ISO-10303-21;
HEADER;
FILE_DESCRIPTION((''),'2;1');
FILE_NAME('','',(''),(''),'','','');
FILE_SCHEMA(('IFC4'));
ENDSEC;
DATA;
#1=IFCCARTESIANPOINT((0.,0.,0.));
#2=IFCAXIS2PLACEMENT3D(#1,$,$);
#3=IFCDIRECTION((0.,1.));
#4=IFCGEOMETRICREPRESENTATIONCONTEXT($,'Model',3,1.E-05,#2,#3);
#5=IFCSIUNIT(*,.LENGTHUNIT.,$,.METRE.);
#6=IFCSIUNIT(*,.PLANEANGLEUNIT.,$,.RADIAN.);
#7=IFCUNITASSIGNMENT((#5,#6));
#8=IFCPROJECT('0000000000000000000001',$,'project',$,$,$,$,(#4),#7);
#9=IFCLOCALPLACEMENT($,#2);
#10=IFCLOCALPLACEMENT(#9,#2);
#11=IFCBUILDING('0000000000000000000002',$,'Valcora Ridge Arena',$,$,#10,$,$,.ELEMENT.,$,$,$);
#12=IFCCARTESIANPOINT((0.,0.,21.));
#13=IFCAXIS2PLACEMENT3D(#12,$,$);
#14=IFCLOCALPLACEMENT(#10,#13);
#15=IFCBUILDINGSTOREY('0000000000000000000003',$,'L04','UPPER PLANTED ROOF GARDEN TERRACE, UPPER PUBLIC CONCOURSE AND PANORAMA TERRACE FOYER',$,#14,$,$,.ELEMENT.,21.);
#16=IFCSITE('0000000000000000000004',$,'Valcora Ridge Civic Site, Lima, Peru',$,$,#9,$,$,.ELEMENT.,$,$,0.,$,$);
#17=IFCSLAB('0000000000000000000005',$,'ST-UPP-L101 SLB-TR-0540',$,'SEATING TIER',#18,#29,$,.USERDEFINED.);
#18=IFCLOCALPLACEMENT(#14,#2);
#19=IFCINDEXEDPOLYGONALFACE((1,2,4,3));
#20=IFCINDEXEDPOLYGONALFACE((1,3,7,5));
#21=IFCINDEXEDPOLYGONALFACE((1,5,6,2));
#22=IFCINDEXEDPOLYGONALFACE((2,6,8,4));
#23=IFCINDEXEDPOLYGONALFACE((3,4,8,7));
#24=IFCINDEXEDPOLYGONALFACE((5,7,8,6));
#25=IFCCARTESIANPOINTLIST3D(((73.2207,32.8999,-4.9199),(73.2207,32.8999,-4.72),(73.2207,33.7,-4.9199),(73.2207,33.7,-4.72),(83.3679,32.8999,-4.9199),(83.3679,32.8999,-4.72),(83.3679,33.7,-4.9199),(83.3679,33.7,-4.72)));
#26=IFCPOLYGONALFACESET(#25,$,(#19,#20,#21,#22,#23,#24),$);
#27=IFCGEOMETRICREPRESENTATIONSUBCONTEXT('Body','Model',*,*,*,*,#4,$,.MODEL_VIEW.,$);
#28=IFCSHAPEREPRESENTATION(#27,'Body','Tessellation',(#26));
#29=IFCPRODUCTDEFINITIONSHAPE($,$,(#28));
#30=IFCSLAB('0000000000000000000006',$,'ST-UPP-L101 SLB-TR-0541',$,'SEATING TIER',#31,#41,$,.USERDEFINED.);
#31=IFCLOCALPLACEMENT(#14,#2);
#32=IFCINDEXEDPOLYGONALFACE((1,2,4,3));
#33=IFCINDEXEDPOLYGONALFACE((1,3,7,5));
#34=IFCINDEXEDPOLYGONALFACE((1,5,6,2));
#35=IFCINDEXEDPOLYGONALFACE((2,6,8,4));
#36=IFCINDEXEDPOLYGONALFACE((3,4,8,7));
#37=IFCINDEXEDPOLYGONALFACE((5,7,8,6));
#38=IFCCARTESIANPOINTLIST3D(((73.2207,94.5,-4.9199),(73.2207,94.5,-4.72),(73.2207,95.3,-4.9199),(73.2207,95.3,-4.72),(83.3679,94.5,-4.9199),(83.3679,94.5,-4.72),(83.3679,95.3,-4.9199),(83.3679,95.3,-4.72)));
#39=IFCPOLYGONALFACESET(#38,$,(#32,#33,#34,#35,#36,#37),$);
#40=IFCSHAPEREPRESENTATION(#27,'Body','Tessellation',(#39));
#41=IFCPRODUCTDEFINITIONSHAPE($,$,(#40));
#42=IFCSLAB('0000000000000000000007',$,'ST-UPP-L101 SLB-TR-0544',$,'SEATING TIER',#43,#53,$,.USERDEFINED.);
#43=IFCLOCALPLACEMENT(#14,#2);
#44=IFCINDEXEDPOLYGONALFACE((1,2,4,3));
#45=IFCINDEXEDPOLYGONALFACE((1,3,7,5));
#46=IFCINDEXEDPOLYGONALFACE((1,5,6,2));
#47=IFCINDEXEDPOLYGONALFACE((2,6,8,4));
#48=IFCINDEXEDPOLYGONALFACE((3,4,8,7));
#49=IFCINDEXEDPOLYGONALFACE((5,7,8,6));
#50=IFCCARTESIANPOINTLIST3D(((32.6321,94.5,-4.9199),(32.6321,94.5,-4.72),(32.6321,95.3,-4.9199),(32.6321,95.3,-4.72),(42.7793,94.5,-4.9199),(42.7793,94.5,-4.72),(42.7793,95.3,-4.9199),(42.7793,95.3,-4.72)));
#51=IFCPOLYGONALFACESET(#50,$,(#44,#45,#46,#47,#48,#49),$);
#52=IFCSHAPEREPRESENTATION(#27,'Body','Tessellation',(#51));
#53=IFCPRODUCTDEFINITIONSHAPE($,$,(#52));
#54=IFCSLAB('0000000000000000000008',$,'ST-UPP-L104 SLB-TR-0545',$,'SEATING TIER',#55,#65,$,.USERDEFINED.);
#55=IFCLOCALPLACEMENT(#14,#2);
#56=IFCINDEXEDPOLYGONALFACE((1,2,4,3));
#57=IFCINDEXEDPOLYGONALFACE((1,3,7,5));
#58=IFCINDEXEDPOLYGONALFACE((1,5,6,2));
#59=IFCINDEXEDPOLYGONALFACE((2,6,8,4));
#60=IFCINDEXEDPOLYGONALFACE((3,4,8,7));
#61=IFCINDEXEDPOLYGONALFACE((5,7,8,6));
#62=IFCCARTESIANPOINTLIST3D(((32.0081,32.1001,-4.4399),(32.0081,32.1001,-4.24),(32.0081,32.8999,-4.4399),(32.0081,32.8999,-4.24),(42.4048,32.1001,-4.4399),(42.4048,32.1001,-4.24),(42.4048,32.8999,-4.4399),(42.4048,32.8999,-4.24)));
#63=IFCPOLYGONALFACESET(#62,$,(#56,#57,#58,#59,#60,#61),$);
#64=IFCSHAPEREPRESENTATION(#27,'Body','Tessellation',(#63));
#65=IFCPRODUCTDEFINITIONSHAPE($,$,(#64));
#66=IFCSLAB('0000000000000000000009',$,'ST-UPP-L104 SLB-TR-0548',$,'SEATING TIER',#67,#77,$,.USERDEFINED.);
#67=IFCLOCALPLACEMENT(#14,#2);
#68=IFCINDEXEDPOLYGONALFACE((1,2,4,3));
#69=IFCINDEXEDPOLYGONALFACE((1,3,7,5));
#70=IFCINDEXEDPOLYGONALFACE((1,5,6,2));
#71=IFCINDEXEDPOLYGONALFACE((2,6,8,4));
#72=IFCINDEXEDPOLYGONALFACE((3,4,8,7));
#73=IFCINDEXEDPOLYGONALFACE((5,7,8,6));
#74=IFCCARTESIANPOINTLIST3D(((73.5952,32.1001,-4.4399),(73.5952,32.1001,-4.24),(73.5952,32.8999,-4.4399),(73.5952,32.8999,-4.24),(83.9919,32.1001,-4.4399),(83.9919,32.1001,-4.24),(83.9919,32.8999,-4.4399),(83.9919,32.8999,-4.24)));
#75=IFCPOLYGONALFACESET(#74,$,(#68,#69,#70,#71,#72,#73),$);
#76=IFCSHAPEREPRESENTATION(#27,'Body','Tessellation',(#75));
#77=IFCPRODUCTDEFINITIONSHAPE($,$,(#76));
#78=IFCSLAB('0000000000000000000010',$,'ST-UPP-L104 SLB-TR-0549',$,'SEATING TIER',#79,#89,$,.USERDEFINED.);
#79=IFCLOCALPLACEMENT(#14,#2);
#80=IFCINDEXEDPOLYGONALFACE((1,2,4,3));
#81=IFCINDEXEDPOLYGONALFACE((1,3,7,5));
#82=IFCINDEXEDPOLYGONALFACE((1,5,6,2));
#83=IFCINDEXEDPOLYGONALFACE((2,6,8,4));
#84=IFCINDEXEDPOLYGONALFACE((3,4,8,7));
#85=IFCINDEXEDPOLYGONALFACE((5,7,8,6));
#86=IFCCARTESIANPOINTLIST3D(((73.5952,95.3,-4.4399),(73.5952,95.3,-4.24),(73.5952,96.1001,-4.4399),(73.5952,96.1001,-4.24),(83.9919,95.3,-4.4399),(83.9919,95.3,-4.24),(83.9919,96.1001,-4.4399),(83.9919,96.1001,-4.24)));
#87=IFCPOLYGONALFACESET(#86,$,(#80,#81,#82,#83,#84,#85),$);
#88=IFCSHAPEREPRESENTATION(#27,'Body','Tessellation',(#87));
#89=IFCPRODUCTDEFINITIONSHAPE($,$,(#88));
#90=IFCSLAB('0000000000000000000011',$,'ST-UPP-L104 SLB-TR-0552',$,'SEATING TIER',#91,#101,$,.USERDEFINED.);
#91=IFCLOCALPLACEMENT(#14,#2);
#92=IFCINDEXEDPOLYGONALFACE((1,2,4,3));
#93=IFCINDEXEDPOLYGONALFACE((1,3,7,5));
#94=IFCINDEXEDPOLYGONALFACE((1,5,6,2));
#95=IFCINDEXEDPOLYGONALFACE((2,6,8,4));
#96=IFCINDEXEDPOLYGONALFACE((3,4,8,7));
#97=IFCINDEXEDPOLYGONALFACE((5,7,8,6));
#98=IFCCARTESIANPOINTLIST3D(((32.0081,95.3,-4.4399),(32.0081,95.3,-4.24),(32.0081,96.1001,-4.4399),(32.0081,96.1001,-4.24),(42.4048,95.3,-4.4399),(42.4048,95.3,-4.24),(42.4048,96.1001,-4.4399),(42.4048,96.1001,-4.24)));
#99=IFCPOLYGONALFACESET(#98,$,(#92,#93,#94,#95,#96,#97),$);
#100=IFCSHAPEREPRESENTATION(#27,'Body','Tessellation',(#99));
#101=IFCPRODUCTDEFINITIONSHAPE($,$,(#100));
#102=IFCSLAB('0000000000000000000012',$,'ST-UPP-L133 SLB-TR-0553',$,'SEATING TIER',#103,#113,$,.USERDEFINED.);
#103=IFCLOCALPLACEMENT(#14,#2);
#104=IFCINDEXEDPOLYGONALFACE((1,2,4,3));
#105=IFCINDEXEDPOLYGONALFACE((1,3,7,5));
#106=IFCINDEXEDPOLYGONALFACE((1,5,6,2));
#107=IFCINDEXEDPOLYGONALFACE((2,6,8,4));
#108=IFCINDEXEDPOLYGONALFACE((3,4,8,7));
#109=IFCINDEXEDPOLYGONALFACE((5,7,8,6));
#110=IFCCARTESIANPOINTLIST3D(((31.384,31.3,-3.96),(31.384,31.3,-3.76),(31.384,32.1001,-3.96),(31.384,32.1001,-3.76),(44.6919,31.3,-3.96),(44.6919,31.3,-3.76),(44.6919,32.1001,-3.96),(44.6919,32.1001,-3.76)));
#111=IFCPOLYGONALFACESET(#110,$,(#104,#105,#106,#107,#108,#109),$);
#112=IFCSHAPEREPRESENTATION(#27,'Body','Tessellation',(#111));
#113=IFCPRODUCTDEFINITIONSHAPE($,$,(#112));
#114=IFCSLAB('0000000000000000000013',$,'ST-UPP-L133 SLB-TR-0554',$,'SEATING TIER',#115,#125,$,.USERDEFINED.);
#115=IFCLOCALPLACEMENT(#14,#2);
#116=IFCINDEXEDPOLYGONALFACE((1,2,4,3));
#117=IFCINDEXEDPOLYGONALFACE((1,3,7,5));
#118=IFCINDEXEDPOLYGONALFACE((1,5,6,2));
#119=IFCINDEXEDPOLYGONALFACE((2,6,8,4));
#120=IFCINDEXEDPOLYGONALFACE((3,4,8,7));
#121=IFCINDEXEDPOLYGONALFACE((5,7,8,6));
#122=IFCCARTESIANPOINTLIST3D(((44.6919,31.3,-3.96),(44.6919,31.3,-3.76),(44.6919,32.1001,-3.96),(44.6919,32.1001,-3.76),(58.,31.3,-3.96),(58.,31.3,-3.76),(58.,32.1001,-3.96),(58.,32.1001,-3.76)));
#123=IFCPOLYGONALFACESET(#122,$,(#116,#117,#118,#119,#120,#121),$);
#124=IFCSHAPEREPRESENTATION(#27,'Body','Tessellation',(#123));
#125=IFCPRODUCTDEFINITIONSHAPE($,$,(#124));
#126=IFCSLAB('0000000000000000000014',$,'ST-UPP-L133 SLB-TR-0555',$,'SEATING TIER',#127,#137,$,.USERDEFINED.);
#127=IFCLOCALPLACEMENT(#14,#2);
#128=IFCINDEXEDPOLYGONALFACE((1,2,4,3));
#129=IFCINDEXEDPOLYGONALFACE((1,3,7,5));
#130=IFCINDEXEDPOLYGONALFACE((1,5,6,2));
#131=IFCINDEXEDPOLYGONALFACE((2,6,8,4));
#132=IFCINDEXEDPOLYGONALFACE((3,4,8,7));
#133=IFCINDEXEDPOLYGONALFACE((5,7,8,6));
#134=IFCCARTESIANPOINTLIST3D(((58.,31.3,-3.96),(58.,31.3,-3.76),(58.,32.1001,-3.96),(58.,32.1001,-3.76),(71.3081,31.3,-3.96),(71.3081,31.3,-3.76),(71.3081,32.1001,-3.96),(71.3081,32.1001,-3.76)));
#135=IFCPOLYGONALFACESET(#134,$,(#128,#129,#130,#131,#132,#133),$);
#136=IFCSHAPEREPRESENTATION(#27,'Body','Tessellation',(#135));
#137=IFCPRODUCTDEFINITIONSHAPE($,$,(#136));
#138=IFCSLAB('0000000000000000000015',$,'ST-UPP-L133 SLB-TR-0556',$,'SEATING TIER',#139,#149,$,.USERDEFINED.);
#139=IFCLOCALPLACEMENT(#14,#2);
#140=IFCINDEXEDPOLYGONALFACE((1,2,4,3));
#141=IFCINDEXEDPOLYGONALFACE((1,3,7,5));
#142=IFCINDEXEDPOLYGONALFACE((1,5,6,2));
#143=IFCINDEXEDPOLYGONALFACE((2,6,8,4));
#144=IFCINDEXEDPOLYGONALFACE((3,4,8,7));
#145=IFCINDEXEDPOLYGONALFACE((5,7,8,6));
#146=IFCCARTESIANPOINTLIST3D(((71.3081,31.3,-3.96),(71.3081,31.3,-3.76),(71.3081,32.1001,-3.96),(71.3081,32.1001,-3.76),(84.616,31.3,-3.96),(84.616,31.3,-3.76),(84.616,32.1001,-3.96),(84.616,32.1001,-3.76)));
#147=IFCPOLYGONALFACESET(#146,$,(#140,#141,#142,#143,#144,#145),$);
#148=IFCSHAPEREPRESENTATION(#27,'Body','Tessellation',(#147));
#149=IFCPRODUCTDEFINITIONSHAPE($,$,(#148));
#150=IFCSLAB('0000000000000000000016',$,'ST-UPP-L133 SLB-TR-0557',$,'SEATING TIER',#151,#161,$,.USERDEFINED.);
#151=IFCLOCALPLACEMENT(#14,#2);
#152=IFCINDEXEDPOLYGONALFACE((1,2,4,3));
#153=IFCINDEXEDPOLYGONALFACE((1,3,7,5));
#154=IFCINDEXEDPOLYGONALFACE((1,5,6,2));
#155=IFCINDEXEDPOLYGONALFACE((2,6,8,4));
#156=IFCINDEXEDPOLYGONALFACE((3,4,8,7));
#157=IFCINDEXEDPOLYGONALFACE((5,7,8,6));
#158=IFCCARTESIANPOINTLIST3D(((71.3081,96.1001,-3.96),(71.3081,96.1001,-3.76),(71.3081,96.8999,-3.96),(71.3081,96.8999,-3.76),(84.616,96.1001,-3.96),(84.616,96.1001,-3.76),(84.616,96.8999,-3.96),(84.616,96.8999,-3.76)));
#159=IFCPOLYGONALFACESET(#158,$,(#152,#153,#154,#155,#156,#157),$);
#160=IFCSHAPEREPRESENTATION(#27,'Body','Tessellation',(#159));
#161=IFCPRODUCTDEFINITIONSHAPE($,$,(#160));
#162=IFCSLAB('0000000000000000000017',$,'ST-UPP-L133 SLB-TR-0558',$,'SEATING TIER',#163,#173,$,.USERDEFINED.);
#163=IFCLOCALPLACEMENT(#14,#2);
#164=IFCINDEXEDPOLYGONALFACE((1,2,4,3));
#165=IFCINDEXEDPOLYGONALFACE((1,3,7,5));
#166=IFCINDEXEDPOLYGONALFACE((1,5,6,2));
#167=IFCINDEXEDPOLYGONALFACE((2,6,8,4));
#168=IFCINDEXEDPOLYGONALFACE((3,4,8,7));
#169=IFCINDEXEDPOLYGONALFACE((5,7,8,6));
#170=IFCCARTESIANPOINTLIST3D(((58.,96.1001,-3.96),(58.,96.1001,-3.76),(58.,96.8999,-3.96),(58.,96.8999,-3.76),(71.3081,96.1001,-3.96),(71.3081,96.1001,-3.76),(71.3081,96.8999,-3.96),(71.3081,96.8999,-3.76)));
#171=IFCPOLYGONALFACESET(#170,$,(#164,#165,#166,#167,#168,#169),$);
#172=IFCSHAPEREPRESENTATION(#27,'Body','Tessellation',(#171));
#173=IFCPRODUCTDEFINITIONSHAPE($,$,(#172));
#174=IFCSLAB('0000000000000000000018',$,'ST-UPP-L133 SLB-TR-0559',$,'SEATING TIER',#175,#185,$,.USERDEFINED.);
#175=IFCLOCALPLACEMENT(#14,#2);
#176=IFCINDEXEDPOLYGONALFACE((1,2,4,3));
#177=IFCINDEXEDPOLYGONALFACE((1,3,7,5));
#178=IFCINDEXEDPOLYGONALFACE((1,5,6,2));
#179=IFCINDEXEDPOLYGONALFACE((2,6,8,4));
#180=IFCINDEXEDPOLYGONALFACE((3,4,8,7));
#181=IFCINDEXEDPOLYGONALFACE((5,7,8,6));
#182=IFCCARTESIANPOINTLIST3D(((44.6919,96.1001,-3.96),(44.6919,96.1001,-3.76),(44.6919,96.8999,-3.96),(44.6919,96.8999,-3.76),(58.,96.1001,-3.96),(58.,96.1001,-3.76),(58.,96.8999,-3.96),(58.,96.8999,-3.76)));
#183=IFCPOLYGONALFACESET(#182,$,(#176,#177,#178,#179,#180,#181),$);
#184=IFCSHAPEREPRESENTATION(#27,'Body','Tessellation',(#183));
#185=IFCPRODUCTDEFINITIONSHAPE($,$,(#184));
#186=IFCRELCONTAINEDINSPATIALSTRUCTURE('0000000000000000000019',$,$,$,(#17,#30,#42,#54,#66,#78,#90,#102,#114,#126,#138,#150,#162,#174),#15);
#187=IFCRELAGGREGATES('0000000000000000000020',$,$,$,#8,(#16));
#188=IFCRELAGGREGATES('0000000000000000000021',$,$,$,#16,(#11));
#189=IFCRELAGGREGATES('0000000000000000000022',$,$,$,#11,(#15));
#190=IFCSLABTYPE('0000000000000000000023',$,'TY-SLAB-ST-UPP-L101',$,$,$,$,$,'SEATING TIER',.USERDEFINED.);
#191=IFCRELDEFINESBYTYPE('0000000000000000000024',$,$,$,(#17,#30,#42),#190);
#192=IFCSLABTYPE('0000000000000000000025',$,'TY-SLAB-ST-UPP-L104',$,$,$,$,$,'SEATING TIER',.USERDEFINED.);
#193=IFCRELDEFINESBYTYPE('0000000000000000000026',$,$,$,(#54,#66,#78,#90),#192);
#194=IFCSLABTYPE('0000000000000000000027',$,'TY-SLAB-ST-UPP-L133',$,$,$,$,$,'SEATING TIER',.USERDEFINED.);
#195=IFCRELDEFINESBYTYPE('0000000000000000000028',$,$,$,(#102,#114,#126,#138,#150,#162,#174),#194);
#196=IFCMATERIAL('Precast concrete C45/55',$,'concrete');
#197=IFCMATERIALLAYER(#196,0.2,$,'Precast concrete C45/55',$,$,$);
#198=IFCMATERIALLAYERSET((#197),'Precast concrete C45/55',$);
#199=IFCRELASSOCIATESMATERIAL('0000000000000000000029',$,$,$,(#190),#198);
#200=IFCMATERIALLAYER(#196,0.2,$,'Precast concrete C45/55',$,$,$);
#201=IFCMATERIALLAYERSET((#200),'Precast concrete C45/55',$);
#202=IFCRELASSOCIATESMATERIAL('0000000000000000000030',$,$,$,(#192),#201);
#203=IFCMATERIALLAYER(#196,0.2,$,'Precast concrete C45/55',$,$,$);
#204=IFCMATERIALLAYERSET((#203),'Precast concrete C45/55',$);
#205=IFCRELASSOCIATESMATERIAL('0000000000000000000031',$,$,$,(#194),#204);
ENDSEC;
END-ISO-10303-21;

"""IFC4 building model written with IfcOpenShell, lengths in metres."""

from ifc_helpers import new_model, si_unit, direction, frame, origin, place, context, subcontext, project, spatial, polyline, outline, extrude, material, layer, layer_set, type_object, element, save


model = new_model("IFC4")

# Units and contexts
model_context = context("Model", 3, precision=1e-05, world=origin(), true_north=direction((0.0, 1.0)))
body_context = subcontext(model_context, "Body", "Model", "MODEL_VIEW")
ifc_project = project(units=[si_unit("LENGTHUNIT", "METRE"), si_unit("PLANEANGLEUNIT", "RADIAN")], contexts=[model_context])

# Site, building, storey
site_placement = place(None, origin())
site = spatial("IfcSite", under=ifc_project, at=site_placement, Name="Valcora Ridge Civic Site, Lima, Peru", CompositionType="ELEMENT", RefElevation=0.0)
building_placement = place(site_placement, origin())
building = spatial("IfcBuilding", under=site, at=building_placement, Name="Valcora Ridge Arena", CompositionType="ELEMENT")
storey_placement = place(building_placement, frame((0.0, 0.0, 21.0)))
storey = spatial("IfcBuildingStorey", under=building, at=storey_placement, Name="L04", Description="UPPER PLANTED ROOF GARDEN TERRACE, UPPER PUBLIC CONCOURSE AND PANORAMA TERRACE FOYER", CompositionType="ELEMENT", Elevation=21.0)

# Slabs
ifc_material = material(Name="Precast concrete C45/55", Category="concrete")
ifc_layer_1 = layer(ifc_material, 0.2, Name="Precast concrete C45/55")
ifc_layer_set_1 = layer_set([ifc_layer_1], Name="Precast concrete C45/55")
slab_type_1 = type_object("IfcSlabType", Name="TY-SLAB-ST-UPP-L101", ElementType="SEATING TIER", PredefinedType="USERDEFINED", material=ifc_layer_set_1)
slab_1_placement = place(storey_placement, frame((0.0, 0.0, -4.9199)))
element("IfcSlab", 1, at=slab_1_placement, inside=storey, type_object=slab_type_1, Name="ST-UPP-L101 SLB-TR-0540", ObjectType="SEATING TIER", PredefinedType="USERDEFINED", context=body_context, shape_type="SweptSolid", body=[
    extrude(outline(polyline([(73.2207, 33.7), (83.3679, 33.7), (83.3679, 32.8999), (73.2207, 32.8999), (73.2207, 33.7)])), origin(), (0.0, 0.0, 1.0), 0.2),
])
slab_2_placement = place(storey_placement, frame((0.0, 0.0, -4.9199)))
element("IfcSlab", 2, at=slab_2_placement, inside=storey, type_object=slab_type_1, Name="ST-UPP-L101 SLB-TR-0541", ObjectType="SEATING TIER", PredefinedType="USERDEFINED", context=body_context, shape_type="SweptSolid", body=[
    extrude(outline(polyline([(83.3679, 94.5), (73.2207, 94.5), (73.2207, 95.3), (83.3679, 95.3), (83.3679, 94.5)])), origin(), (0.0, 0.0, 1.0), 0.2),
])
slab_3_placement = place(storey_placement, frame((0.0, 0.0, -4.9199)))
element("IfcSlab", 3, at=slab_3_placement, inside=storey, type_object=slab_type_1, Name="ST-UPP-L101 SLB-TR-0544", ObjectType="SEATING TIER", PredefinedType="USERDEFINED", context=body_context, shape_type="SweptSolid", body=[
    extrude(outline(polyline([(42.7793, 94.5), (32.6321, 94.5), (32.6321, 95.3), (42.7793, 95.3), (42.7793, 94.5)])), origin(), (0.0, 0.0, 1.0), 0.2),
])
ifc_layer_2 = layer(ifc_material, 0.2, Name="Precast concrete C45/55")
ifc_layer_set_2 = layer_set([ifc_layer_2], Name="Precast concrete C45/55")
slab_type_2 = type_object("IfcSlabType", Name="TY-SLAB-ST-UPP-L104", ElementType="SEATING TIER", PredefinedType="USERDEFINED", material=ifc_layer_set_2)
slab_4_placement = place(storey_placement, frame((0.0, 0.0, -4.4399)))
element("IfcSlab", 4, at=slab_4_placement, inside=storey, type_object=slab_type_2, Name="ST-UPP-L104 SLB-TR-0545", ObjectType="SEATING TIER", PredefinedType="USERDEFINED", context=body_context, shape_type="SweptSolid", body=[
    extrude(outline(polyline([(32.0081, 32.8999), (42.4048, 32.8999), (42.4048, 32.1001), (32.0081, 32.1001), (32.0081, 32.8999)])), origin(), (0.0, 0.0, 1.0), 0.2),
])
slab_5_placement = place(storey_placement, frame((0.0, 0.0, -4.4399)))
element("IfcSlab", 5, at=slab_5_placement, inside=storey, type_object=slab_type_2, Name="ST-UPP-L104 SLB-TR-0548", ObjectType="SEATING TIER", PredefinedType="USERDEFINED", context=body_context, shape_type="SweptSolid", body=[
    extrude(outline(polyline([(73.5952, 32.8999), (83.9919, 32.8999), (83.9919, 32.1001), (73.5952, 32.1001), (73.5952, 32.8999)])), origin(), (0.0, 0.0, 1.0), 0.2),
])
slab_6_placement = place(storey_placement, frame((0.0, 0.0, -4.4399)))
element("IfcSlab", 6, at=slab_6_placement, inside=storey, type_object=slab_type_2, Name="ST-UPP-L104 SLB-TR-0549", ObjectType="SEATING TIER", PredefinedType="USERDEFINED", context=body_context, shape_type="SweptSolid", body=[
    extrude(outline(polyline([(83.9919, 95.3), (73.5952, 95.3), (73.5952, 96.1001), (83.9919, 96.1001), (83.9919, 95.3)])), origin(), (0.0, 0.0, 1.0), 0.2),
])
slab_7_placement = place(storey_placement, frame((0.0, 0.0, -4.4399)))
element("IfcSlab", 7, at=slab_7_placement, inside=storey, type_object=slab_type_2, Name="ST-UPP-L104 SLB-TR-0552", ObjectType="SEATING TIER", PredefinedType="USERDEFINED", context=body_context, shape_type="SweptSolid", body=[
    extrude(outline(polyline([(42.4048, 95.3), (32.0081, 95.3), (32.0081, 96.1001), (42.4048, 96.1001), (42.4048, 95.3)])), origin(), (0.0, 0.0, 1.0), 0.2),
])
ifc_layer_3 = layer(ifc_material, 0.2, Name="Precast concrete C45/55")
ifc_layer_set_3 = layer_set([ifc_layer_3], Name="Precast concrete C45/55")
slab_type_3 = type_object("IfcSlabType", Name="TY-SLAB-ST-UPP-L133", ElementType="SEATING TIER", PredefinedType="USERDEFINED", material=ifc_layer_set_3)
slab_8_placement = place(storey_placement, frame((0.0, 0.0, -3.96)))
element("IfcSlab", 8, at=slab_8_placement, inside=storey, type_object=slab_type_3, Name="ST-UPP-L133 SLB-TR-0553", ObjectType="SEATING TIER", PredefinedType="USERDEFINED", context=body_context, shape_type="SweptSolid", body=[
    extrude(outline(polyline([(31.384, 32.1001), (44.6919, 32.1001), (44.6919, 31.3), (31.384, 31.3), (31.384, 32.1001)])), origin(), (0.0, 0.0, 1.0), 0.2),
])
slab_9_placement = place(storey_placement, frame((0.0, 0.0, -3.96)))
element("IfcSlab", 9, at=slab_9_placement, inside=storey, type_object=slab_type_3, Name="ST-UPP-L133 SLB-TR-0554", ObjectType="SEATING TIER", PredefinedType="USERDEFINED", context=body_context, shape_type="SweptSolid", body=[
    extrude(outline(polyline([(44.6919, 32.1001), (58.0, 32.1001), (58.0, 31.3), (44.6919, 31.3), (44.6919, 32.1001)])), origin(), (0.0, 0.0, 1.0), 0.2),
])
slab_10_placement = place(storey_placement, frame((0.0, 0.0, -3.96)))
element("IfcSlab", 10, at=slab_10_placement, inside=storey, type_object=slab_type_3, Name="ST-UPP-L133 SLB-TR-0555", ObjectType="SEATING TIER", PredefinedType="USERDEFINED", context=body_context, shape_type="SweptSolid", body=[
    extrude(outline(polyline([(58.0, 32.1001), (71.3081, 32.1001), (71.3081, 31.3), (58.0, 31.3), (58.0, 32.1001)])), origin(), (0.0, 0.0, 1.0), 0.2),
])
slab_11_placement = place(storey_placement, frame((0.0, 0.0, -3.96)))
element("IfcSlab", 11, at=slab_11_placement, inside=storey, type_object=slab_type_3, Name="ST-UPP-L133 SLB-TR-0556", ObjectType="SEATING TIER", PredefinedType="USERDEFINED", context=body_context, shape_type="SweptSolid", body=[
    extrude(outline(polyline([(71.3081, 32.1001), (84.616, 32.1001), (84.616, 31.3), (71.3081, 31.3), (71.3081, 32.1001)])), origin(), (0.0, 0.0, 1.0), 0.2),
])
slab_12_placement = place(storey_placement, frame((0.0, 0.0, -3.96)))
element("IfcSlab", 12, at=slab_12_placement, inside=storey, type_object=slab_type_3, Name="ST-UPP-L133 SLB-TR-0557", ObjectType="SEATING TIER", PredefinedType="USERDEFINED", context=body_context, shape_type="SweptSolid", body=[
    extrude(outline(polyline([(84.616, 96.1001), (71.3081, 96.1001), (71.3081, 96.8999), (84.616, 96.8999), (84.616, 96.1001)])), origin(), (0.0, 0.0, 1.0), 0.2),
])
slab_13_placement = place(storey_placement, frame((0.0, 0.0, -3.96)))
element("IfcSlab", 13, at=slab_13_placement, inside=storey, type_object=slab_type_3, Name="ST-UPP-L133 SLB-TR-0558", ObjectType="SEATING TIER", PredefinedType="USERDEFINED", context=body_context, shape_type="SweptSolid", body=[
    extrude(outline(polyline([(71.3081, 96.1001), (58.0, 96.1001), (58.0, 96.8999), (71.3081, 96.8999), (71.3081, 96.1001)])), origin(), (0.0, 0.0, 1.0), 0.2),
])
slab_14_placement = place(storey_placement, frame((0.0, 0.0, -3.96)))
element("IfcSlab", 14, at=slab_14_placement, inside=storey, type_object=slab_type_3, Name="ST-UPP-L133 SLB-TR-0559", ObjectType="SEATING TIER", PredefinedType="USERDEFINED", context=body_context, shape_type="SweptSolid", body=[
    extrude(outline(polyline([(58.0, 96.1001), (44.6919, 96.1001), (44.6919, 96.8999), (58.0, 96.8999), (58.0, 96.1001)])), origin(), (0.0, 0.0, 1.0), 0.2),
])

save(model, "model.ifc")
